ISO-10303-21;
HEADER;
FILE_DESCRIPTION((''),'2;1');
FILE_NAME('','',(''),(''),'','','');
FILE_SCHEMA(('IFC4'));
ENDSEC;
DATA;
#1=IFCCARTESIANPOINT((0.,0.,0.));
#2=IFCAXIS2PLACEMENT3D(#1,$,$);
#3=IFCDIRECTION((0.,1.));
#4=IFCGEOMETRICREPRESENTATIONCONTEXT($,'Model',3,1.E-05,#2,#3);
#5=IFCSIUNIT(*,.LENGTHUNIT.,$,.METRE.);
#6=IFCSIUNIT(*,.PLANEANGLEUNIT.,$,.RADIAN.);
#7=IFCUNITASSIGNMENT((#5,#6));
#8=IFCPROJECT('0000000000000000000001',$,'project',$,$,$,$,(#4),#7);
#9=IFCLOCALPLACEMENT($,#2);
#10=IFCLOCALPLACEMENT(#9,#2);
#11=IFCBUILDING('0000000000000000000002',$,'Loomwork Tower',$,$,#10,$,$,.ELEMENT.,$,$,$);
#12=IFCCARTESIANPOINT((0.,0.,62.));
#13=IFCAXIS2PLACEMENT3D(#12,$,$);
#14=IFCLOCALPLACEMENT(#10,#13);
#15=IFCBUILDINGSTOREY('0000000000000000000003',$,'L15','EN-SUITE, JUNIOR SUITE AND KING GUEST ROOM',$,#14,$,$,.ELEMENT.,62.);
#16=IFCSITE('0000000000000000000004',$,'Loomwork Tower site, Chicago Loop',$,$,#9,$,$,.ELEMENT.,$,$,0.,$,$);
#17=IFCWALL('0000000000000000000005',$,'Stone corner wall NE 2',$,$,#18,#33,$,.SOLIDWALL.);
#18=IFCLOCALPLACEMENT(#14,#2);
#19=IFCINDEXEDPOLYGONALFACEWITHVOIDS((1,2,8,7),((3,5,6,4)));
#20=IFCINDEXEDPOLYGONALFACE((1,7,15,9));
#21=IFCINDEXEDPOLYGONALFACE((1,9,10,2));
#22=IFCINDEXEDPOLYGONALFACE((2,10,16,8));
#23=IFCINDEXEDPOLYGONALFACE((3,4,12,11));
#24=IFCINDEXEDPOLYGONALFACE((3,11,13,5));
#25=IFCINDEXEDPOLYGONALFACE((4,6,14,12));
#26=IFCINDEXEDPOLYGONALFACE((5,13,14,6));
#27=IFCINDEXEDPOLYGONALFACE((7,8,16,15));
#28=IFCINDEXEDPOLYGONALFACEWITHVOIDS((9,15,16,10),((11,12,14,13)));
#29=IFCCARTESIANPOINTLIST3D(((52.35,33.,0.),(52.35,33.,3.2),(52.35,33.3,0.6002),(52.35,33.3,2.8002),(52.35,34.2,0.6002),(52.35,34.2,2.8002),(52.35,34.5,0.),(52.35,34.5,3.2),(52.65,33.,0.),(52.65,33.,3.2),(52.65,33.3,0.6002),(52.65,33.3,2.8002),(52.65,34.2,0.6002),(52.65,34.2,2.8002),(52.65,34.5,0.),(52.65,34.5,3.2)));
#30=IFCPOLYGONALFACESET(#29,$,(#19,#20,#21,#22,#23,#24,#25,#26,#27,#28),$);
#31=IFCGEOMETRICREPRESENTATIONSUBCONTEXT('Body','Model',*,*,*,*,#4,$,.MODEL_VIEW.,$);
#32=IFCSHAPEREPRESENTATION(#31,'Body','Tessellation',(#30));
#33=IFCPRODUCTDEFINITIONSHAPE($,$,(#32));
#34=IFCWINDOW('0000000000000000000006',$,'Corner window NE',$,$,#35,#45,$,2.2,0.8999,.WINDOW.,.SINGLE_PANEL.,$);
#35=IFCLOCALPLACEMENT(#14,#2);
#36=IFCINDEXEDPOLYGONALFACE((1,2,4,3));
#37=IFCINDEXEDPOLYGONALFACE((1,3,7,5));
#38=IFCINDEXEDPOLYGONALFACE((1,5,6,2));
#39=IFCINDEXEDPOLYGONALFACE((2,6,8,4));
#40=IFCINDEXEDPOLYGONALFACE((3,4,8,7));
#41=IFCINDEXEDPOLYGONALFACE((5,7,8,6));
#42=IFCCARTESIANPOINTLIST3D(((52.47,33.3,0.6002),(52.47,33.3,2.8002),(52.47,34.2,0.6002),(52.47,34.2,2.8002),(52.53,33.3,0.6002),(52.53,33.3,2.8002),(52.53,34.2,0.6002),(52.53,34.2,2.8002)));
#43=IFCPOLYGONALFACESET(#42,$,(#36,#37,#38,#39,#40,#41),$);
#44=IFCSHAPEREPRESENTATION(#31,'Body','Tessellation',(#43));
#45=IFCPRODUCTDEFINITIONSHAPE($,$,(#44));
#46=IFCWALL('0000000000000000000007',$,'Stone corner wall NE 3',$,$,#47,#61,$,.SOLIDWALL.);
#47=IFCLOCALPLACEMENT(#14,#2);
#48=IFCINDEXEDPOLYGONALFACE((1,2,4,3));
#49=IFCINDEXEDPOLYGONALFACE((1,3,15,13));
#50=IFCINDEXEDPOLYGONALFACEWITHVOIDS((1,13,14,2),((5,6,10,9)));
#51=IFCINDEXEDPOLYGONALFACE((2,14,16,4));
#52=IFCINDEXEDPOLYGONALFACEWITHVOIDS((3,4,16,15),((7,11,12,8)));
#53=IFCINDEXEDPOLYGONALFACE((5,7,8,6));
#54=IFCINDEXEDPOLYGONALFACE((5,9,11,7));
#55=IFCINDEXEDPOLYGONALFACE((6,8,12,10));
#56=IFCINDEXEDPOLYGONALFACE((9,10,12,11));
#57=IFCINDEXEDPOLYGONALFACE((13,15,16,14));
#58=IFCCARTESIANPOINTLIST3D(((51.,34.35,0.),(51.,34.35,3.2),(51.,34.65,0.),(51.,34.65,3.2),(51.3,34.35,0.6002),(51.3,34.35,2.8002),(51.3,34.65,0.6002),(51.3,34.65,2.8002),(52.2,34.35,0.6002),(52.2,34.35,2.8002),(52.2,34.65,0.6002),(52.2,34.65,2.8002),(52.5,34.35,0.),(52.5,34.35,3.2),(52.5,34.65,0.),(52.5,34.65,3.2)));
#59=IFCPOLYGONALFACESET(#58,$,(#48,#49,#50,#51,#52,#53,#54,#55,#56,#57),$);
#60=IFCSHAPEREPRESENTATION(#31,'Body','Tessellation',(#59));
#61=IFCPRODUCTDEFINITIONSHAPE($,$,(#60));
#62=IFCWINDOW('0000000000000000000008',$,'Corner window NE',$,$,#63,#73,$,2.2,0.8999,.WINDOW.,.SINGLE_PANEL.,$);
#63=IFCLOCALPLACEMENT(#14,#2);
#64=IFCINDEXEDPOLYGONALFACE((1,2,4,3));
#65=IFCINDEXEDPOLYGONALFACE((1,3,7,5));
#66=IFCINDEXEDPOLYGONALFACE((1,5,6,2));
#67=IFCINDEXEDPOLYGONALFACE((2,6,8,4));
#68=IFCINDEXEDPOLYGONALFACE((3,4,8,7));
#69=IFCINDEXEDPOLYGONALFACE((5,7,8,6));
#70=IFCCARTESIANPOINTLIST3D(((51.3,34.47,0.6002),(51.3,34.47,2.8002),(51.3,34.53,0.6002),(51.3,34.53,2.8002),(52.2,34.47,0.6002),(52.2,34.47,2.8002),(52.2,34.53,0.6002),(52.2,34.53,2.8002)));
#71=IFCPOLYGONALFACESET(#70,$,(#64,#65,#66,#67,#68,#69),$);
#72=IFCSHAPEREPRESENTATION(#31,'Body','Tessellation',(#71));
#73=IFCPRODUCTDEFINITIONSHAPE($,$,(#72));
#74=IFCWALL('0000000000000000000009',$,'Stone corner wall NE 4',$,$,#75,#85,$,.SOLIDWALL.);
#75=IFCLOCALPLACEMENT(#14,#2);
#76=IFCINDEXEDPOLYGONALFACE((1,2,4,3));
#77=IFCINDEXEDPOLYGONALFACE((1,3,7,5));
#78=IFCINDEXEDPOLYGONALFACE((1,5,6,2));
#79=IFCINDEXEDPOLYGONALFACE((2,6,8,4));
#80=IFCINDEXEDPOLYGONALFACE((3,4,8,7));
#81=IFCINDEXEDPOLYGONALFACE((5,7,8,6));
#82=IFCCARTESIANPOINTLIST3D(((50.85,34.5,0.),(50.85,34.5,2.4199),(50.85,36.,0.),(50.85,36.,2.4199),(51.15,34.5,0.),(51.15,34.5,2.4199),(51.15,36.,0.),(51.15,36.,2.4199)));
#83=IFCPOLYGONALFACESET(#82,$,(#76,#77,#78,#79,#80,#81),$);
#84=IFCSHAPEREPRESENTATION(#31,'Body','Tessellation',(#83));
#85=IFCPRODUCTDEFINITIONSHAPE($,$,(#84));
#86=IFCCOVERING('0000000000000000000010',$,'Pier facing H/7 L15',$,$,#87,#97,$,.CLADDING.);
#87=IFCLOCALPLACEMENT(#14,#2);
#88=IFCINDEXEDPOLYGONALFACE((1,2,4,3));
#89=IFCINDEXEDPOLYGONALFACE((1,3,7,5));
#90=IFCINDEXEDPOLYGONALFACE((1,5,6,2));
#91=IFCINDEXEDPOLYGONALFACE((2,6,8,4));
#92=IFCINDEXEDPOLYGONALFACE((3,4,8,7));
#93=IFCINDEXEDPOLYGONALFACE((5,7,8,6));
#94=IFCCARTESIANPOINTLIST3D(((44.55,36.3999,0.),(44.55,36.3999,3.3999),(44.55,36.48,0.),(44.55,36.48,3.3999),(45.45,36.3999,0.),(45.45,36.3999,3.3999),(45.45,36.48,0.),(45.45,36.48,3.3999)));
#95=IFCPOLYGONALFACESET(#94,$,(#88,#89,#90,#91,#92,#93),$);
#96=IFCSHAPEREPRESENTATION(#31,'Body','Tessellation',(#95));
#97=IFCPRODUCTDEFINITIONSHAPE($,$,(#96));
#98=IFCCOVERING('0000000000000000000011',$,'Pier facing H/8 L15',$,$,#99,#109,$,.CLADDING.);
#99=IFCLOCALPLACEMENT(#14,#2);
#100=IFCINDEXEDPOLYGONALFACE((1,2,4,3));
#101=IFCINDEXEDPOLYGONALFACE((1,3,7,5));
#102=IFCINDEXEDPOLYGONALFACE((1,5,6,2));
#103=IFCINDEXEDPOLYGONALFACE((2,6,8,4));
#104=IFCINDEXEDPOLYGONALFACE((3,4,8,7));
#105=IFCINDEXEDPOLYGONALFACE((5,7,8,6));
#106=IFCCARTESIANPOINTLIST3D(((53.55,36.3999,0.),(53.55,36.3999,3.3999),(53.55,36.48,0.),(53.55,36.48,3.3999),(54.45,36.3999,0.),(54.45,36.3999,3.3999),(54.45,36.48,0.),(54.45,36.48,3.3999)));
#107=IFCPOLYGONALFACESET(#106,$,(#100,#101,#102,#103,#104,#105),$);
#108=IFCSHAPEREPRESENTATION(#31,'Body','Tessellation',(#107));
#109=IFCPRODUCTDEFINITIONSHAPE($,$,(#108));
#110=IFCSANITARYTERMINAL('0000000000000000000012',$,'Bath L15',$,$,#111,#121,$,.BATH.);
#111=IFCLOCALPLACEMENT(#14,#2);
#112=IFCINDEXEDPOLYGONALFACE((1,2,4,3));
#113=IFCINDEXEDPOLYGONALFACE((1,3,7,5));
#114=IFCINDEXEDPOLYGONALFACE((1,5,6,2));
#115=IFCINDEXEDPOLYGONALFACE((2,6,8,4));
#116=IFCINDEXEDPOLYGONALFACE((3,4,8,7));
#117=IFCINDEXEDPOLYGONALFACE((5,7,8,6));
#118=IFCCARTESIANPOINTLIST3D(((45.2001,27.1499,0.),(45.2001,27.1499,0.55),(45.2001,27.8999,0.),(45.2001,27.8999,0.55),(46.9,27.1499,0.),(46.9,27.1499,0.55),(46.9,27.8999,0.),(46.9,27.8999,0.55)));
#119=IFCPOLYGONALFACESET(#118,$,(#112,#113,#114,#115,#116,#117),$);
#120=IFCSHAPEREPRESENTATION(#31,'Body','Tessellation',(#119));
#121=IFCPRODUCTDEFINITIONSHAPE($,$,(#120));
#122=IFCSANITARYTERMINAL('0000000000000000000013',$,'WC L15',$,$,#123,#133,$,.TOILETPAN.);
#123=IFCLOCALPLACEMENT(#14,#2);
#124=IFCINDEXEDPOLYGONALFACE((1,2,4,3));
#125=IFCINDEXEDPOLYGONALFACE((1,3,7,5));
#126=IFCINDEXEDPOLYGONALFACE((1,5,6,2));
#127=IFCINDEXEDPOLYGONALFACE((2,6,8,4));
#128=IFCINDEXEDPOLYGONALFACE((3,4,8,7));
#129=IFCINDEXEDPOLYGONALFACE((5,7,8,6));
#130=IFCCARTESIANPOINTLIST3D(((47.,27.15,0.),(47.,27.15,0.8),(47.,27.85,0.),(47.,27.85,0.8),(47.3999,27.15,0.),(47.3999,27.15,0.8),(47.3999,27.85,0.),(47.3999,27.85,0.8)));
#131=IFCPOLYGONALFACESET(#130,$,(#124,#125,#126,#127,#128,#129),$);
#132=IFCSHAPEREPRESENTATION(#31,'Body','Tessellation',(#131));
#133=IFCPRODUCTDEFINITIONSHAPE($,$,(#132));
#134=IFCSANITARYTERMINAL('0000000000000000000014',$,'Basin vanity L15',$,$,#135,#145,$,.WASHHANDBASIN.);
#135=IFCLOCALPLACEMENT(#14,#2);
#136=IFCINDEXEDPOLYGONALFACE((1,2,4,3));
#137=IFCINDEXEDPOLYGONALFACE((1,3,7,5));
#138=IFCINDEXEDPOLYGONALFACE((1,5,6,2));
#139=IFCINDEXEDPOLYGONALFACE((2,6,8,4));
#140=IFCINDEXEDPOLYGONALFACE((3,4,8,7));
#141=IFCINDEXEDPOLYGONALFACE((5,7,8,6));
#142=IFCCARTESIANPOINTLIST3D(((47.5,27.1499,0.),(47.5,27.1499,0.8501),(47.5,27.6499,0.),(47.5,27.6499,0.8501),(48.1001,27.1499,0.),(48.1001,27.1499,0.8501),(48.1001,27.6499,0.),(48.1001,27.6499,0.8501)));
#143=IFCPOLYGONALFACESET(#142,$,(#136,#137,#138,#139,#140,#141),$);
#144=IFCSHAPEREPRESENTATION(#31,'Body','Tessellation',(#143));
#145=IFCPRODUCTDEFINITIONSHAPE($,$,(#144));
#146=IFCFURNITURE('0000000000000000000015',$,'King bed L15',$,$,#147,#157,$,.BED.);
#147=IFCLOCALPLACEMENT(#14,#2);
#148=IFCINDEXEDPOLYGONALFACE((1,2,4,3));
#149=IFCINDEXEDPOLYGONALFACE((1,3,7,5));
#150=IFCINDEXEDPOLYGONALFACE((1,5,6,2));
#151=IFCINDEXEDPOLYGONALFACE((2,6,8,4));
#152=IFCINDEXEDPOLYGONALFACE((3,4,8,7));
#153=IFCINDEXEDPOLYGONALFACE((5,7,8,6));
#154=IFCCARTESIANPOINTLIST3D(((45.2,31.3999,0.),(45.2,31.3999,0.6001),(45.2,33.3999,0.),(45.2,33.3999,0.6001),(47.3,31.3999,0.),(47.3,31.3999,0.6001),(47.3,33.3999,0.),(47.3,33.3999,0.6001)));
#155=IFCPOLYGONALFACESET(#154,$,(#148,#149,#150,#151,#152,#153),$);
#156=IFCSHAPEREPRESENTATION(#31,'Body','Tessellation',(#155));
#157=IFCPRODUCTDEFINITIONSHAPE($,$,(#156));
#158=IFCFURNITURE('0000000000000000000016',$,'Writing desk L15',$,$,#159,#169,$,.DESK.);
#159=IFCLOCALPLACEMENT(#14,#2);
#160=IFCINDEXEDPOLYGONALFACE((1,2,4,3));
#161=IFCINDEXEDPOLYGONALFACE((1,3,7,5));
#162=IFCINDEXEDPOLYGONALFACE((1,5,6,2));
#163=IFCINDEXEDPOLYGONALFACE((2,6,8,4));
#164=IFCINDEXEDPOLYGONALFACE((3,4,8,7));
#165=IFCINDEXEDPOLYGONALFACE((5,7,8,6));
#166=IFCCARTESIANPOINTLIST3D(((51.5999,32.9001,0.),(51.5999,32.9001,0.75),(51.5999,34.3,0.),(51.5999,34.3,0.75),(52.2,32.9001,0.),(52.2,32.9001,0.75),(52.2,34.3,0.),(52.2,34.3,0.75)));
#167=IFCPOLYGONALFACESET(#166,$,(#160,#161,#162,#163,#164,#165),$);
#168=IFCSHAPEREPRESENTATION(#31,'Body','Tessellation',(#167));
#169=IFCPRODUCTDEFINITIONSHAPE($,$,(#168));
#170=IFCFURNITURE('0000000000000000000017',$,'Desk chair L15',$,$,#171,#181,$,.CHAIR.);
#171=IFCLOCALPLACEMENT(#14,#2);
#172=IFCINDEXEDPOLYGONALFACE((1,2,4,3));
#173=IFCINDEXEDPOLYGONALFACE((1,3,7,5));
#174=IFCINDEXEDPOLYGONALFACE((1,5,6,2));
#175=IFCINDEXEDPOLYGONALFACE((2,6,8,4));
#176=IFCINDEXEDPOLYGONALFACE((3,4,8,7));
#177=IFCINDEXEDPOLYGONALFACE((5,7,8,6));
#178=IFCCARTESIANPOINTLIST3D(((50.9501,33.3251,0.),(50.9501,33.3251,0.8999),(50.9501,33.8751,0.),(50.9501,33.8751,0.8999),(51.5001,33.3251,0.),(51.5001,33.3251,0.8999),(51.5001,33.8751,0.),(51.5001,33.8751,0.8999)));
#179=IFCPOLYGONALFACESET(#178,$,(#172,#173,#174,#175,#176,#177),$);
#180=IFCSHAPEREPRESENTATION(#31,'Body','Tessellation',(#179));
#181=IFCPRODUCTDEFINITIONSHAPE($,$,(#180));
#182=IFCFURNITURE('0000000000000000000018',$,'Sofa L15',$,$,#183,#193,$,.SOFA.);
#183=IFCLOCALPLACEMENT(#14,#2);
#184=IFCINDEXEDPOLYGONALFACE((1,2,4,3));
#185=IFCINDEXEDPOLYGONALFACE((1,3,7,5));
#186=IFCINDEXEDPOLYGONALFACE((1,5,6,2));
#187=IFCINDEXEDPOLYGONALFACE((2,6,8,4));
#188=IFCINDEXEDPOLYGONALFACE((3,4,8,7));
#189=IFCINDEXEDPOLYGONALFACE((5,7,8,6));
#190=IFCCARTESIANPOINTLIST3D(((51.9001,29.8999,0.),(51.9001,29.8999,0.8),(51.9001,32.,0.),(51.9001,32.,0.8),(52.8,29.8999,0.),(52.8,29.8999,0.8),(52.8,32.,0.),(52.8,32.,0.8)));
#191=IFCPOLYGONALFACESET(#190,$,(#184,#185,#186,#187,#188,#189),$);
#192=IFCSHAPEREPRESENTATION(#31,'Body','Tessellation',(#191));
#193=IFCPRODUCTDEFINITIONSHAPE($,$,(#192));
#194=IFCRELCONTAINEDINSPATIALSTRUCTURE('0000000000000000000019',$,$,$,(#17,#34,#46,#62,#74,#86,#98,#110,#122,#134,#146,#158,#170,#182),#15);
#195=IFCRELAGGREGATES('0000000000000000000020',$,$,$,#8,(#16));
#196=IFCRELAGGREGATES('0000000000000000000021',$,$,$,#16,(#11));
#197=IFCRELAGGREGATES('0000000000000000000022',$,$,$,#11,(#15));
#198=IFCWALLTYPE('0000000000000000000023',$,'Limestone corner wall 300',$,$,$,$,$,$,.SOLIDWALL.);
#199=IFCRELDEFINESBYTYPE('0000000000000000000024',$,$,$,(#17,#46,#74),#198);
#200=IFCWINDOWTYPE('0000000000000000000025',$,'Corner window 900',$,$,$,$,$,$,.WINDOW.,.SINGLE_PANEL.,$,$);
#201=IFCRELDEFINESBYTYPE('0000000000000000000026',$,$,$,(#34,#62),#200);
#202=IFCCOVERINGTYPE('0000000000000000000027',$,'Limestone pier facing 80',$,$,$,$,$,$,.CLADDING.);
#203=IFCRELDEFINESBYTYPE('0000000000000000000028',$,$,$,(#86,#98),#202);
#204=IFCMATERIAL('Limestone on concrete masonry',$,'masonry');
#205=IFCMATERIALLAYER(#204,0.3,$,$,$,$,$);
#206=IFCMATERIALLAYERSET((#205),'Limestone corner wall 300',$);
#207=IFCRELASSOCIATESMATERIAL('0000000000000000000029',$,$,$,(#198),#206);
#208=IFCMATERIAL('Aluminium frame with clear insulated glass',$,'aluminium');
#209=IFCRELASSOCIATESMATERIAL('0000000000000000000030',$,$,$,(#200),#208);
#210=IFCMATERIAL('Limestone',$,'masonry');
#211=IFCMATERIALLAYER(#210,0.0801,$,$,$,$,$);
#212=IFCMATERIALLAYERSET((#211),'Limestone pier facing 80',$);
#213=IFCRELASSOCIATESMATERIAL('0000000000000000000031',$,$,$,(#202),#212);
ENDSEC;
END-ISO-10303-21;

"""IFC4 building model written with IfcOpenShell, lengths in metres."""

from ifc_helpers import new_model, si_unit, direction, frame, frame_2d, origin, origin_2d, place, context, subcontext, project, spatial, rectangle, extrude, material, layer, layer_set, type_object, element, fill, save


model = new_model("IFC4")

# Units and contexts
model_context = context("Model", 3, precision=1e-05, world=origin(), true_north=direction((0.0, 1.0)))
body_context = subcontext(model_context, "Body", "Model", "MODEL_VIEW")
ifc_project = project(units=[si_unit("LENGTHUNIT", "METRE"), si_unit("PLANEANGLEUNIT", "RADIAN")], contexts=[model_context])

# Site, building, storey
site_placement = place(None, origin())
site = spatial("IfcSite", under=ifc_project, at=site_placement, Name="Loomwork Tower site, Chicago Loop", CompositionType="ELEMENT", RefElevation=0.0)
building_placement = place(site_placement, origin())
building = spatial("IfcBuilding", under=site, at=building_placement, Name="Loomwork Tower", CompositionType="ELEMENT")
storey_placement = place(building_placement, frame((0.0, 0.0, 62.0)))
storey = spatial("IfcBuildingStorey", under=building, at=storey_placement, Name="L15", Description="EN-SUITE, JUNIOR SUITE AND KING GUEST ROOM", CompositionType="ELEMENT", Elevation=62.0)

# Shared definitions
ifc_material_1 = material(Name="Limestone on concrete masonry", Category="masonry")
ifc_layer_1 = layer(ifc_material_1, 0.3)
ifc_layer_set_1 = layer_set([ifc_layer_1], Name="Limestone corner wall 300")
wall_type_1 = type_object("IfcWallType", Name="Limestone corner wall 300", PredefinedType="SOLIDWALL", material=ifc_layer_set_1)

# Walls, openings, windows
wall_1_placement = place(storey_placement, frame((52.5, 33.0, 0.0), z_axis=(0.0, 0.0, 1.0), x_axis=(0.0, 1.0, 0.0)))
wall_1 = element("IfcWall", 1, at=wall_1_placement, inside=storey, type_object=wall_type_1, Name="Stone corner wall NE 2", PredefinedType="SOLIDWALL", context=body_context, shape_type="SweptSolid", body=[
    extrude(rectangle(XDim=1.5, YDim=0.3, at=frame_2d((0.75, 0.0))), origin(), (0.0, 0.0, 1.0), 3.2),
])
opening_1_placement = place(wall_1_placement, frame((0.3, 0.0, 0.6001)))
opening_1 = element("IfcOpeningElement", 2, at=opening_1_placement, cuts=wall_1, PredefinedType="OPENING", context=body_context, shape_type="SweptSolid", body=[
    extrude(rectangle(XDim=0.8999, YDim=2.2, at=frame_2d((0.45, 1.1001))), frame((0.0, 0.1599, 0.0), z_axis=(0.0, -1.0, 0.0), x_axis=(1.0, 0.0, 0.0)), (0.0, 0.0, 1.0), 0.3201),
])
ifc_material_2 = material(Name="Aluminium frame with clear insulated glass", Category="aluminium")
window_type_1 = type_object("IfcWindowType", Name="Corner window 900", PartitioningType="SINGLE_PANEL", PredefinedType="WINDOW", material=ifc_material_2)
window_1_placement = place(opening_1_placement, origin())
window_1 = element("IfcWindow", 3, at=window_1_placement, inside=storey, type_object=window_type_1, Name="Corner window NE", OverallHeight=2.2, OverallWidth=0.8999, PartitioningType="SINGLE_PANEL", PredefinedType="WINDOW", context=body_context, shape_type="SweptSolid", body=[
    extrude(rectangle(XDim=0.8999, YDim=2.2, at=frame_2d((0.45, 1.1001))), frame((0.0, 0.03, 0.0), z_axis=(0.0, -1.0, 0.0), x_axis=(1.0, 0.0, 0.0)), (0.0, 0.0, 1.0), 0.0601),
])
fill(opening_1, window_1)
wall_2_placement = place(storey_placement, frame((52.5, 34.5, 0.0), z_axis=(0.0, 0.0, 1.0), x_axis=(-1.0, 0.0, 0.0)))
wall_2 = element("IfcWall", 4, at=wall_2_placement, inside=storey, type_object=wall_type_1, Name="Stone corner wall NE 3", PredefinedType="SOLIDWALL", context=body_context, shape_type="SweptSolid", body=[
    extrude(rectangle(XDim=1.5, YDim=0.3, at=frame_2d((0.75, 0.0))), origin(), (0.0, 0.0, 1.0), 3.2),
])
opening_2_placement = place(wall_2_placement, frame((0.3, 0.0, 0.6001)))
opening_2 = element("IfcOpeningElement", 5, at=opening_2_placement, cuts=wall_2, PredefinedType="OPENING", context=body_context, shape_type="SweptSolid", body=[
    extrude(rectangle(XDim=0.8999, YDim=2.2, at=frame_2d((0.45, 1.1001))), frame((0.0, 0.1599, 0.0), z_axis=(0.0, -1.0, 0.0), x_axis=(1.0, 0.0, 0.0)), (0.0, 0.0, 1.0), 0.3201),
])
window_2_placement = place(opening_2_placement, origin())
window_2 = element("IfcWindow", 6, at=window_2_placement, inside=storey, type_object=window_type_1, Name="Corner window NE", OverallHeight=2.2, OverallWidth=0.8999, PartitioningType="SINGLE_PANEL", PredefinedType="WINDOW", context=body_context, shape_type="SweptSolid", body=[
    extrude(rectangle(XDim=0.8999, YDim=2.2, at=frame_2d((0.45, 1.1001))), frame((0.0, 0.03, 0.0), z_axis=(0.0, -1.0, 0.0), x_axis=(1.0, 0.0, 0.0)), (0.0, 0.0, 1.0), 0.0601),
])
fill(opening_2, window_2)

# Wall
wall_3_placement = place(storey_placement, frame((51.0, 34.5, 0.0), z_axis=(0.0, 0.0, 1.0), x_axis=(0.0, 1.0, 0.0)))
element("IfcWall", 7, at=wall_3_placement, inside=storey, type_object=wall_type_1, Name="Stone corner wall NE 4", PredefinedType="SOLIDWALL", context=body_context, shape_type="SweptSolid", body=[
    extrude(rectangle(XDim=1.5, YDim=0.3, at=frame_2d((0.75, 0.0))), origin(), (0.0, 0.0, 1.0), 2.4199),
])

# Coverings
ifc_material_3 = material(Name="Limestone", Category="masonry")
ifc_layer_2 = layer(ifc_material_3, 0.0801)
ifc_layer_set_2 = layer_set([ifc_layer_2], Name="Limestone pier facing 80")
covering_type = type_object("IfcCoveringType", Name="Limestone pier facing 80", PredefinedType="CLADDING", material=ifc_layer_set_2)
for number, where, z_axis, x_axis, name in (
    (8, (45.0, 36.4399, 0.0), (0.0, 0.0, 1.0), (1.0, 0.0, 0.0), "Pier facing H/7 L15"),
    (9, (54.0, 36.4399, 0.0), (0.0, 0.0, 1.0), (1.0, 0.0, 0.0), "Pier facing H/8 L15"),
):
    element("IfcCovering", number, at=place(storey_placement, frame(where, z_axis=z_axis, x_axis=x_axis)), inside=storey, type_object=covering_type, Name=name, PredefinedType="CLADDING", context=body_context, shape_type="SweptSolid", body=[
        extrude(rectangle(XDim=0.8999, YDim=0.0801, at=origin_2d()), origin(), (0.0, 0.0, 1.0), 3.3999),
    ])

# Sanitary terminals
sanitary_terminal_1_placement = place(storey_placement, frame((46.05, 27.5249, 0.0), z_axis=(0.0, 0.0, 1.0), x_axis=(1.0, 0.0, 0.0)))
element("IfcSanitaryTerminal", 10, at=sanitary_terminal_1_placement, inside=storey, Name="Bath L15", PredefinedType="BATH", context=body_context, shape_type="SweptSolid", body=[
    extrude(rectangle(XDim=1.7, YDim=0.75, at=origin_2d()), origin(), (0.0, 0.0, 1.0), 0.55),
])
sanitary_terminal_2_placement = place(storey_placement, frame((47.2, 27.5, 0.0), z_axis=(0.0, 0.0, 1.0), x_axis=(1.0, 0.0, 0.0)))
element("IfcSanitaryTerminal", 11, at=sanitary_terminal_2_placement, inside=storey, Name="WC L15", PredefinedType="TOILETPAN", context=body_context, shape_type="SweptSolid", body=[
    extrude(rectangle(XDim=0.3999, YDim=0.7, at=origin_2d()), origin(), (0.0, 0.0, 1.0), 0.8),
])
sanitary_terminal_3_placement = place(storey_placement, frame((47.8, 27.3999, 0.0), z_axis=(0.0, 0.0, 1.0), x_axis=(1.0, 0.0, 0.0)))
element("IfcSanitaryTerminal", 12, at=sanitary_terminal_3_placement, inside=storey, Name="Basin vanity L15", PredefinedType="WASHHANDBASIN", context=body_context, shape_type="SweptSolid", body=[
    extrude(rectangle(XDim=0.6001, YDim=0.5, at=origin_2d()), origin(), (0.0, 0.0, 1.0), 0.8501),
])

# Furniture
furniture_1_placement = place(storey_placement, frame((46.25, 32.3999, 0.0), z_axis=(0.0, 0.0, 1.0), x_axis=(1.0, 0.0, 0.0)))
element("IfcFurniture", 13, at=furniture_1_placement, inside=storey, Name="King bed L15", PredefinedType="BED", context=body_context, shape_type="SweptSolid", body=[
    extrude(rectangle(XDim=2.1001, YDim=2.0, at=origin_2d()), origin(), (0.0, 0.0, 1.0), 0.6001),
])
furniture_2_placement = place(storey_placement, frame((51.8999, 33.6001, 0.0), z_axis=(0.0, 0.0, 1.0), x_axis=(1.0, 0.0, 0.0)))
element("IfcFurniture", 14, at=furniture_2_placement, inside=storey, Name="Writing desk L15", PredefinedType="DESK", context=body_context, shape_type="SweptSolid", body=[
    extrude(rectangle(XDim=0.6001, YDim=1.3999, at=origin_2d()), origin(), (0.0, 0.0, 1.0), 0.75),
])
furniture_3_placement = place(storey_placement, frame((51.2251, 33.6001, 0.0), z_axis=(0.0, 0.0, 1.0), x_axis=(1.0, 0.0, 0.0)))
element("IfcFurniture", 15, at=furniture_3_placement, inside=storey, Name="Desk chair L15", PredefinedType="CHAIR", context=body_context, shape_type="SweptSolid", body=[
    extrude(rectangle(XDim=0.55, YDim=0.55, at=origin_2d()), origin(), (0.0, 0.0, 1.0), 0.8999),
])
furniture_4_placement = place(storey_placement, frame((52.3501, 30.95, 0.0), z_axis=(0.0, 0.0, 1.0), x_axis=(1.0, 0.0, 0.0)))
element("IfcFurniture", 16, at=furniture_4_placement, inside=storey, Name="Sofa L15", PredefinedType="SOFA", context=body_context, shape_type="SweptSolid", body=[
    extrude(rectangle(XDim=0.8999, YDim=2.1001, at=origin_2d()), origin(), (0.0, 0.0, 1.0), 0.8),
])

save(model, "model.ifc")
